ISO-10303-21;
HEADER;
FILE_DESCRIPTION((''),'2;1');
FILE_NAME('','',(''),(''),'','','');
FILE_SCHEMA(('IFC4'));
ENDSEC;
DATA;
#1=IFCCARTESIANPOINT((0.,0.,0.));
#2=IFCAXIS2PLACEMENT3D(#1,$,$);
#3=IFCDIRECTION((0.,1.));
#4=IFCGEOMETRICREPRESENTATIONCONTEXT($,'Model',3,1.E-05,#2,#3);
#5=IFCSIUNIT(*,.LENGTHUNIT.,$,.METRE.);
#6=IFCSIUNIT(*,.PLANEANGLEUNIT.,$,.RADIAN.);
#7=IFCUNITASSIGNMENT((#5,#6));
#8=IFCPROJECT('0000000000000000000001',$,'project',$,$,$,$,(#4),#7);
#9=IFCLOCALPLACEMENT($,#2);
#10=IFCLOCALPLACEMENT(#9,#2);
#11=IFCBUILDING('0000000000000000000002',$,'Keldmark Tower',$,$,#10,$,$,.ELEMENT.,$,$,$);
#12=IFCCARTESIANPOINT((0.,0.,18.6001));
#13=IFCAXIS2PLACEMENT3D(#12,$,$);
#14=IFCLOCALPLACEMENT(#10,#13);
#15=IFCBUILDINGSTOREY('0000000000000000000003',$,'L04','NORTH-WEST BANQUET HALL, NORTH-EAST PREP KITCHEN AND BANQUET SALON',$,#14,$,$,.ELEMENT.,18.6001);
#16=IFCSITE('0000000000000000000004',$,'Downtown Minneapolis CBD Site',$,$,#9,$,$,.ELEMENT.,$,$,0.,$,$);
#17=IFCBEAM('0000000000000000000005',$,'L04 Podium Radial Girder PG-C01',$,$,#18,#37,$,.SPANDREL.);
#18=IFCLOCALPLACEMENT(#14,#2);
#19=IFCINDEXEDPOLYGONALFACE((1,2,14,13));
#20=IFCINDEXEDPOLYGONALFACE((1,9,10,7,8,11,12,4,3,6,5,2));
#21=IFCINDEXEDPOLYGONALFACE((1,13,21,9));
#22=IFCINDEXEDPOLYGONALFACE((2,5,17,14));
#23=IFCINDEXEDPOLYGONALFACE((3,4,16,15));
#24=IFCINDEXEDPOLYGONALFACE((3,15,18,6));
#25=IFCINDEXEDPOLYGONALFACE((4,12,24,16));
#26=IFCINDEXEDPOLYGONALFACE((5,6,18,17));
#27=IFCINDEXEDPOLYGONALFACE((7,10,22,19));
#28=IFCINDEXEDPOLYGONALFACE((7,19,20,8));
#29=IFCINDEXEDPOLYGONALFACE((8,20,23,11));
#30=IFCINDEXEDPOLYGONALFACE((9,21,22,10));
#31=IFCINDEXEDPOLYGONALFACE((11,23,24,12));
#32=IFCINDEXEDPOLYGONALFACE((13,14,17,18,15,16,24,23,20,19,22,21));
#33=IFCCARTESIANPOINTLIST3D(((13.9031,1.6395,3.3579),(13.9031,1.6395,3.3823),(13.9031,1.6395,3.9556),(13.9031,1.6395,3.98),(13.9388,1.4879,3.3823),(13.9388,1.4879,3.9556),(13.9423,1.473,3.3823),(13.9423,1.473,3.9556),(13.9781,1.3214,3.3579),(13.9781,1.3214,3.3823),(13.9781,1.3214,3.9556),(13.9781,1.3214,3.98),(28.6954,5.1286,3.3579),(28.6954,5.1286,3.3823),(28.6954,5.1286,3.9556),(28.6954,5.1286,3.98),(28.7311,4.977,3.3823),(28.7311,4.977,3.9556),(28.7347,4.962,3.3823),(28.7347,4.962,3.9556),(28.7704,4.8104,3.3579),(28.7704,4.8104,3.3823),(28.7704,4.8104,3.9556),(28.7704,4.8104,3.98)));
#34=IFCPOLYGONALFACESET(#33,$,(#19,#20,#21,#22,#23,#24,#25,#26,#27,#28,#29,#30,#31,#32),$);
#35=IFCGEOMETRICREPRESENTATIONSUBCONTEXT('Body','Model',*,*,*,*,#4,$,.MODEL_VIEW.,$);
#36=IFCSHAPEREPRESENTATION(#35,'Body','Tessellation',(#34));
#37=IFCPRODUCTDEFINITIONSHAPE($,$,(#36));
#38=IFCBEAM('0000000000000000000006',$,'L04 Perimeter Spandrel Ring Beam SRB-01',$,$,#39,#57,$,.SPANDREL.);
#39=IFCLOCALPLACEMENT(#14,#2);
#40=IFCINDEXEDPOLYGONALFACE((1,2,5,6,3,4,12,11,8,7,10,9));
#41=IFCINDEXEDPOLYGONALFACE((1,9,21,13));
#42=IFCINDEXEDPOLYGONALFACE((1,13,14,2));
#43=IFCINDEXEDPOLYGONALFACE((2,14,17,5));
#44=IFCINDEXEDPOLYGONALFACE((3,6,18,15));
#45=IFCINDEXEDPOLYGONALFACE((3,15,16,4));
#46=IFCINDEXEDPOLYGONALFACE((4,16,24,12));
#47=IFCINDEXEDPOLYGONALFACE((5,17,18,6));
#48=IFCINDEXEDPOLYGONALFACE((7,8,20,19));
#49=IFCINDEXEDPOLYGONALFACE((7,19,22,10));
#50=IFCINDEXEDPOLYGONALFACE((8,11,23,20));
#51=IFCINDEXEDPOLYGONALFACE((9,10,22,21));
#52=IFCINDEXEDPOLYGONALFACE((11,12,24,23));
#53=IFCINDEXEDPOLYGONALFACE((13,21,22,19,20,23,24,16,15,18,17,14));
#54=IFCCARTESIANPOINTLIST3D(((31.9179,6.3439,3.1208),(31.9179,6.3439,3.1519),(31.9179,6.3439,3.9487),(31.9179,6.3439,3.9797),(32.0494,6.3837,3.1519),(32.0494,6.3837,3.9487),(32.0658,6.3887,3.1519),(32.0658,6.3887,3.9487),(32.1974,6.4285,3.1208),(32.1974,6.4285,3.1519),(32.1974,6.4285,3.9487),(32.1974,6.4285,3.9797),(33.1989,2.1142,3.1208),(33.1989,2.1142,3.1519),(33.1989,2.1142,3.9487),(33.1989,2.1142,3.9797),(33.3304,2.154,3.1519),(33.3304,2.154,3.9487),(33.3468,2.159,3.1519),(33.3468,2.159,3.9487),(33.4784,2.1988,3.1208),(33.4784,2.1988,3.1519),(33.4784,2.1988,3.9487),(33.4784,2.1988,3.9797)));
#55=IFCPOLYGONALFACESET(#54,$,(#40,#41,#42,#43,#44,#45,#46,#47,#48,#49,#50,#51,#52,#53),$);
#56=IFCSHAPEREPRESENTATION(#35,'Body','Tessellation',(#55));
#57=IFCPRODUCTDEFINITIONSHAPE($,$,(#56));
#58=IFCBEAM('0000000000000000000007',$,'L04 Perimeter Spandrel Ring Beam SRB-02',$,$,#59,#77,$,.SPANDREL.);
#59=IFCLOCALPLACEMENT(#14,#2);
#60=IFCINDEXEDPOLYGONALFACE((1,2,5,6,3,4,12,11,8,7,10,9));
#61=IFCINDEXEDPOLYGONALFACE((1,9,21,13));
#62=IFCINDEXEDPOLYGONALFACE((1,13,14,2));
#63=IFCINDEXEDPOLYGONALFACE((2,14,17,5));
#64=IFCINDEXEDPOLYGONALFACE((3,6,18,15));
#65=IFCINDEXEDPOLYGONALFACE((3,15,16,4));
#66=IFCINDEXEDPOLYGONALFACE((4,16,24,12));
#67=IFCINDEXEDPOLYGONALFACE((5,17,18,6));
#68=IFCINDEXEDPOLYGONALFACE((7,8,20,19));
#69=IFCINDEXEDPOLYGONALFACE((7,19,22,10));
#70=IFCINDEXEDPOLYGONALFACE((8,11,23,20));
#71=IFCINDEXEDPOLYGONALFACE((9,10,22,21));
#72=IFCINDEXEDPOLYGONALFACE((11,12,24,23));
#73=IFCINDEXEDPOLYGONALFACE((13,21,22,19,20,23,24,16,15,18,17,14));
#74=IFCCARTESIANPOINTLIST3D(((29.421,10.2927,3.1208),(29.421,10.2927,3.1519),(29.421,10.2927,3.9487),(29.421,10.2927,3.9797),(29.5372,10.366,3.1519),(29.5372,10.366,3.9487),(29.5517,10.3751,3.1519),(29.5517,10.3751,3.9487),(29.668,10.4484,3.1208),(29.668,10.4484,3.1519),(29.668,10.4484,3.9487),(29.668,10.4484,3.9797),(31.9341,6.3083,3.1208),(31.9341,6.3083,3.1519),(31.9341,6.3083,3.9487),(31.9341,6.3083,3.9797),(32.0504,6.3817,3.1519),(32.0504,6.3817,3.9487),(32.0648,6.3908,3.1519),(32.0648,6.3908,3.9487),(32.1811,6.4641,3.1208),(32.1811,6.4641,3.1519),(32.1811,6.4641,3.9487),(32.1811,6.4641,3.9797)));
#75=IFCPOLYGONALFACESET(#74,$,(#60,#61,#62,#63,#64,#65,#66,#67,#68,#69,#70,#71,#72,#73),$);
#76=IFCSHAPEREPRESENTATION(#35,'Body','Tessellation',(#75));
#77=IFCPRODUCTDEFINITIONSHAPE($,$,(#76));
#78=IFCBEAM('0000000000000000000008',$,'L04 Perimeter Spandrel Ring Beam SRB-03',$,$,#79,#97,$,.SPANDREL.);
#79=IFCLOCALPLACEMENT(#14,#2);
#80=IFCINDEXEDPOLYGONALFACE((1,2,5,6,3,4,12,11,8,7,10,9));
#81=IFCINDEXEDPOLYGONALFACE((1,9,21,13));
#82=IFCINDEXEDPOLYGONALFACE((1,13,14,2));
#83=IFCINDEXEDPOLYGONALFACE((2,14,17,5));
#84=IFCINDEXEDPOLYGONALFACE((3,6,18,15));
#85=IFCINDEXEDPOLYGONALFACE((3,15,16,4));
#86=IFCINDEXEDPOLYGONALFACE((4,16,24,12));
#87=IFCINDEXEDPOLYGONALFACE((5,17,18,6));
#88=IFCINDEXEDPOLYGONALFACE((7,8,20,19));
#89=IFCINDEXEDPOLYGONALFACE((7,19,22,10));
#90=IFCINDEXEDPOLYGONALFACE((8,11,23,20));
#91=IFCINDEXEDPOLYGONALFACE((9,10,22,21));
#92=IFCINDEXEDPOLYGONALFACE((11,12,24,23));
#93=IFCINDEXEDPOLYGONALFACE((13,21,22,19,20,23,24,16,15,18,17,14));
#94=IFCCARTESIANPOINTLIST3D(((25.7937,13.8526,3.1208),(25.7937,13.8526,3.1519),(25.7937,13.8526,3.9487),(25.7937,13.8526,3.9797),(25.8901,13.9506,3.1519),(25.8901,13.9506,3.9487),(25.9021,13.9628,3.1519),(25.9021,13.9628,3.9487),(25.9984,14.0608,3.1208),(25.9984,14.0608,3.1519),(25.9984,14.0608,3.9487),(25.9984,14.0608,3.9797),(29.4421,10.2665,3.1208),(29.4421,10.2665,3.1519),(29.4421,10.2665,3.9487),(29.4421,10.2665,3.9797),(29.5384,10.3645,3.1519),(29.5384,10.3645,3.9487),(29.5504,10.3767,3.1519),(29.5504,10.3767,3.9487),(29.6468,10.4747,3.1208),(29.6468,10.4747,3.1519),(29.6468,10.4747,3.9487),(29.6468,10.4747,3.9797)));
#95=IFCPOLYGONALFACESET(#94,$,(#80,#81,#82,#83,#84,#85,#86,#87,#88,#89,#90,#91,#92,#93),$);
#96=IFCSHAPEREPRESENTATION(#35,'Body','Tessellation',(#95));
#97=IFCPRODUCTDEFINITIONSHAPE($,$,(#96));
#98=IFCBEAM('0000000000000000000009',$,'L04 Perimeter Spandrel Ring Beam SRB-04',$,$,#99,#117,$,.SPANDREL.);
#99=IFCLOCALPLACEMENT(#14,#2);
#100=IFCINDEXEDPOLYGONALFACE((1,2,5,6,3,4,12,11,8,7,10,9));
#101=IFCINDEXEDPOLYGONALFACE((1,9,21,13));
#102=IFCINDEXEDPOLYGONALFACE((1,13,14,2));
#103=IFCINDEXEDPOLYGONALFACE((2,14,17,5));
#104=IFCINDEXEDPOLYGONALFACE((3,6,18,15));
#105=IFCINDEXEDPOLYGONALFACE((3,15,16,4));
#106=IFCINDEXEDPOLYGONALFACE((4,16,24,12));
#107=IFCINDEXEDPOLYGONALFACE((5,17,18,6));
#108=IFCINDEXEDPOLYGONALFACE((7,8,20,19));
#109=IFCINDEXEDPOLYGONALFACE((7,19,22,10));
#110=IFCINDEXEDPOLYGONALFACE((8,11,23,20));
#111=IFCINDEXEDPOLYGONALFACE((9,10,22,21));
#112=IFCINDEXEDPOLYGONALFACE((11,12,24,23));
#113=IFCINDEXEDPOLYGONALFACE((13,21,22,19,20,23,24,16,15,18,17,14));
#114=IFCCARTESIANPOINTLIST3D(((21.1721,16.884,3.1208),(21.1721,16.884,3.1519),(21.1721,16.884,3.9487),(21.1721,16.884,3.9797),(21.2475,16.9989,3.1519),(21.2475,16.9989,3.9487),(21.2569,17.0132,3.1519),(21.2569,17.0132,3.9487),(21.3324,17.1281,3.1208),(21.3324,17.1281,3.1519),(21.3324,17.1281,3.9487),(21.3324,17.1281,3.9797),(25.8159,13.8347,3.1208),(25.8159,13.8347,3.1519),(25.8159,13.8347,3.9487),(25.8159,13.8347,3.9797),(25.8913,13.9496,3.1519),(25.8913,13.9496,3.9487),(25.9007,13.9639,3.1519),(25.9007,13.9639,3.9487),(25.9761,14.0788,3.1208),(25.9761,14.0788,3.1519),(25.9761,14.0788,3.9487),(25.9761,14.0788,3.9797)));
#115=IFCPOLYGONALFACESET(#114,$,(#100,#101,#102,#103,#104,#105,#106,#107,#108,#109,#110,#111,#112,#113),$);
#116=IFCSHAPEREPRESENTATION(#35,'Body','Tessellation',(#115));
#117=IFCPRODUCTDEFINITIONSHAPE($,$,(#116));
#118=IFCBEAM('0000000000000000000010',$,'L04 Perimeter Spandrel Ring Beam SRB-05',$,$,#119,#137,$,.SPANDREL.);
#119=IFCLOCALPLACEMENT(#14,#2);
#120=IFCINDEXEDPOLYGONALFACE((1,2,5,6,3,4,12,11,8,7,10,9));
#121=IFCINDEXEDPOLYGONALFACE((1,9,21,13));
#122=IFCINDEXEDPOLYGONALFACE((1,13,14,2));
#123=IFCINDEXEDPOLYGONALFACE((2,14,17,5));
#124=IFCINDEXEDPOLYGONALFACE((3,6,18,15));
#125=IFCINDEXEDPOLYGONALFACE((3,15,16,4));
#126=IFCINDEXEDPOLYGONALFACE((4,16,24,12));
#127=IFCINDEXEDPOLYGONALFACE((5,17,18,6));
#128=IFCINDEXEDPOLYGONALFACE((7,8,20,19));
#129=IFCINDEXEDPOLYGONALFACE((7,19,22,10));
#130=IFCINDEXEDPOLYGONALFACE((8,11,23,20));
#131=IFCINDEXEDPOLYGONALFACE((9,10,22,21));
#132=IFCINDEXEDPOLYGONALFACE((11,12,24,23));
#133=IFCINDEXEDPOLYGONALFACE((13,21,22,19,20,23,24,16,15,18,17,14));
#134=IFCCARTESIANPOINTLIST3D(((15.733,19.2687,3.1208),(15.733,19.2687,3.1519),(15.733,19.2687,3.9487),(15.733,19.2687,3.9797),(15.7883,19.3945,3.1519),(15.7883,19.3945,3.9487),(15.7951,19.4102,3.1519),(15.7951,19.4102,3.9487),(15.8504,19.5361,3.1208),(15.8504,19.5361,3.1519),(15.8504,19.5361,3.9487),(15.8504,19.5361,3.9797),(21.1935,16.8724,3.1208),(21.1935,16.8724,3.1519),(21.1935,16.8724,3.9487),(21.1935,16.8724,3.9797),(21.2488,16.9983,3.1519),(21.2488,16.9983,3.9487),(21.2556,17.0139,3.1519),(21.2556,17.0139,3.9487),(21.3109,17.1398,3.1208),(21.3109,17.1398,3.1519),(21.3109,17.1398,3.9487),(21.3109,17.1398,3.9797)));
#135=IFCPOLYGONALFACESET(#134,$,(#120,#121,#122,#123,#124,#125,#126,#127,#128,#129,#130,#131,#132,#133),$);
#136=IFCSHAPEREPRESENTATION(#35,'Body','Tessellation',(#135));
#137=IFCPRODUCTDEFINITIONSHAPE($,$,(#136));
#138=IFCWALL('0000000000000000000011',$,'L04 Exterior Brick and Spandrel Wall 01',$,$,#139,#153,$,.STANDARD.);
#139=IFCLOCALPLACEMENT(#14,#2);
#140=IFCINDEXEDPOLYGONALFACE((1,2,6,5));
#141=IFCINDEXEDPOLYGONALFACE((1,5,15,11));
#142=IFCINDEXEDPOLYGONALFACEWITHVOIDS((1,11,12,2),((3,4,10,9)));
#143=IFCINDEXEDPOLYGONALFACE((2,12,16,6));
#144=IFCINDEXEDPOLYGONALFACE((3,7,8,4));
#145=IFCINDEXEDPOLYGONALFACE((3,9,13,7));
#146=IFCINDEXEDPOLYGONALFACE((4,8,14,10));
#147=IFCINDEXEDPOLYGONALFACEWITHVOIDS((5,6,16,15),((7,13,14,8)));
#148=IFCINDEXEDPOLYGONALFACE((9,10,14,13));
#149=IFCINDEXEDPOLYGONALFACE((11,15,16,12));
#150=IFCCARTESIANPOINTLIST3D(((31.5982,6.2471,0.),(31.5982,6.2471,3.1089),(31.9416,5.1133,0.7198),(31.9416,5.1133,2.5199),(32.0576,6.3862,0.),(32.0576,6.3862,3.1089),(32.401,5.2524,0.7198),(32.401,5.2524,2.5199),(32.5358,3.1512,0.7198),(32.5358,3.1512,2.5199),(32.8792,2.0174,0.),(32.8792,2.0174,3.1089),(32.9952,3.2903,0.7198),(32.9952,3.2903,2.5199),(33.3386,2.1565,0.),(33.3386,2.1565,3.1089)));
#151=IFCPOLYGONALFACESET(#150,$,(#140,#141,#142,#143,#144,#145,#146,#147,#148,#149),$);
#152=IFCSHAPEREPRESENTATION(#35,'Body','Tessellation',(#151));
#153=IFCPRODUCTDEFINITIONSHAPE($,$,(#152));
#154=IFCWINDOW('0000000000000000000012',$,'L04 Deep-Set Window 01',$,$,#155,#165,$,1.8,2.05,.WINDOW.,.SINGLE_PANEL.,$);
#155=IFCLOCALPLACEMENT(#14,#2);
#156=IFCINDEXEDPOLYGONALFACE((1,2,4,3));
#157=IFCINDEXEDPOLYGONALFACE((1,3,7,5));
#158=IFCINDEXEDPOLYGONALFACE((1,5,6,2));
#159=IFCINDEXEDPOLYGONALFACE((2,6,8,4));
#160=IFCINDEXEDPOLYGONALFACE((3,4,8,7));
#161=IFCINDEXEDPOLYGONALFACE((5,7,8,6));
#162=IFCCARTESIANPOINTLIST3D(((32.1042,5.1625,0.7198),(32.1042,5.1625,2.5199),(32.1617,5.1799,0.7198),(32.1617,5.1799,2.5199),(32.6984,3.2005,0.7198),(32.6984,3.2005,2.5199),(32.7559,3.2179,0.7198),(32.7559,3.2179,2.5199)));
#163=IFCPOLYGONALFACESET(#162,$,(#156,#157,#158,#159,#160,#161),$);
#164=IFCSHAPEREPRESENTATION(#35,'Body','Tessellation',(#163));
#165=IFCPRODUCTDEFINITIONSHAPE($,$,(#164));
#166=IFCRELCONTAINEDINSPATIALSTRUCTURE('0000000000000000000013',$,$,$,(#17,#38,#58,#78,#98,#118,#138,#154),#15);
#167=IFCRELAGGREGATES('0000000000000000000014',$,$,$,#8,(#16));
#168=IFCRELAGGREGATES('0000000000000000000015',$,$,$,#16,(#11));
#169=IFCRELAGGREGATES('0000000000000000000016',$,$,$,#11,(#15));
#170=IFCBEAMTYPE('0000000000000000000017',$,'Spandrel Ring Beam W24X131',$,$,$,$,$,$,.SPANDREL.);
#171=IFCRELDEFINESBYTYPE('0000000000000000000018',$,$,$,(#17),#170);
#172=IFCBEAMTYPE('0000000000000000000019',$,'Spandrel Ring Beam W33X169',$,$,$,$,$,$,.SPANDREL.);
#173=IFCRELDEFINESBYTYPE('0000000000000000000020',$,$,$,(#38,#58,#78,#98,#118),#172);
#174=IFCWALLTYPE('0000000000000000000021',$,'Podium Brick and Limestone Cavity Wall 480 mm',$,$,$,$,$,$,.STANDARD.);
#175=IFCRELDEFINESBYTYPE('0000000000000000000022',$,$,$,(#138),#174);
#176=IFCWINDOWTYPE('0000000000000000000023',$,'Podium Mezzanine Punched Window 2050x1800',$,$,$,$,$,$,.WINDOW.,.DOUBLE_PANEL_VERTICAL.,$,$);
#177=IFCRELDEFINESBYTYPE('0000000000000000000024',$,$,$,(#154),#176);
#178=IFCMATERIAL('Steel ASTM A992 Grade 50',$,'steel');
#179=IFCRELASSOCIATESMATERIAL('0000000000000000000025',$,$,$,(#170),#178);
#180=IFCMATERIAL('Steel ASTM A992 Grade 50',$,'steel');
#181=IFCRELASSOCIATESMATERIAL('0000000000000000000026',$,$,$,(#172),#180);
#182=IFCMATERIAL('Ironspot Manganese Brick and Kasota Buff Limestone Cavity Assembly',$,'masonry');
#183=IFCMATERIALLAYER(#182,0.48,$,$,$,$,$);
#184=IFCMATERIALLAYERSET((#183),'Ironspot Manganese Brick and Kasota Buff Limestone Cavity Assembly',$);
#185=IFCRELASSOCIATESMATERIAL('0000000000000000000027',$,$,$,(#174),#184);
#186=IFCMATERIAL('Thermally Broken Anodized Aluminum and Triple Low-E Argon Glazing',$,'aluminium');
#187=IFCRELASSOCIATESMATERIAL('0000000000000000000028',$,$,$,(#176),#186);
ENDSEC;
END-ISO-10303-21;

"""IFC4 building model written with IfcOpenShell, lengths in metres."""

from ifc_helpers import new_model, si_unit, direction, frame, frame_2d, origin, origin_2d, place, context, subcontext, project, spatial, rectangle, i_section, extrude, material, layer, layer_set, material_profile, profile_set, type_object, element, fill, save


model = new_model("IFC4")

# Units and contexts
model_context = context("Model", 3, precision=1e-05, world=origin(), true_north=direction((0.0, 1.0)))
body_context = subcontext(model_context, "Body", "Model", "MODEL_VIEW")
ifc_project = project(units=[si_unit("LENGTHUNIT", "METRE"), si_unit("PLANEANGLEUNIT", "RADIAN")], contexts=[model_context])

# Site, building, storey
site_placement = place(None, origin())
site = spatial("IfcSite", under=ifc_project, at=site_placement, Name="Downtown Minneapolis CBD Site", CompositionType="ELEMENT", RefElevation=0.0)
building_placement = place(site_placement, origin())
building = spatial("IfcBuilding", under=site, at=building_placement, Name="Keldmark Tower", CompositionType="ELEMENT")
storey_placement = place(building_placement, frame((0.0, 0.0, 18.6001)))
storey = spatial("IfcBuildingStorey", under=building, at=storey_placement, Name="L04", Description="NORTH-WEST BANQUET HALL, NORTH-EAST PREP KITCHEN AND BANQUET SALON", CompositionType="ELEMENT", Elevation=18.6001)

# Beams
ifc_material_1 = material(Name="Steel ASTM A992 Grade 50", Category="steel")
ifc_material_profile_1 = material_profile(ifc_material_1, i_section(OverallWidth=0.3269, OverallDepth=0.6221, WebThickness=0.0154, FlangeThickness=0.0244, at=origin_2d()), Name="W24X131")
ifc_profile_set_1 = profile_set([ifc_material_profile_1], Name="Steel ASTM A992 Grade 50")
beam_type_1 = type_object("IfcBeamType", Name="Spandrel Ring Beam W24X131", PredefinedType="SPANDREL", material=ifc_profile_set_1)
beam_1_placement = place(storey_placement, frame((28.7329, 4.9695, 3.6689), z_axis=(-0.973293, -0.229568, 0.0), x_axis=(0.229568, -0.973293, 0.0)))
element("IfcBeam", 1, at=beam_1_placement, inside=storey, type_object=beam_type_1, Name="L04 Podium Radial Girder PG-C01", PredefinedType="SPANDREL", context=body_context, shape_type="SweptSolid", body=[
    extrude(i_section(OverallWidth=0.3269, OverallDepth=0.6221, WebThickness=0.0154, FlangeThickness=0.0244, at=origin_2d()), origin(), (0.0, 0.0, 1.0), 15.1982),
])
ifc_material_2 = material(Name="Steel ASTM A992 Grade 50", Category="steel")
ifc_material_profile_2 = material_profile(ifc_material_2, i_section(OverallWidth=0.292, OverallDepth=0.8589, WebThickness=0.0171, FlangeThickness=0.031, at=origin_2d()), Name="W33X169")
ifc_profile_set_2 = profile_set([ifc_material_profile_2], Name="Steel ASTM A992 Grade 50")
beam_type_2 = type_object("IfcBeamType", Name="Spandrel Ring Beam W33X169", PredefinedType="SPANDREL", material=ifc_profile_set_2)
beam_2_placement = place(storey_placement, frame((33.3386, 2.1565, 3.5503), z_axis=(-0.289856, 0.95707, 0.0), x_axis=(-0.95707, -0.289856, 0.0)))
element("IfcBeam", 2, at=beam_2_placement, inside=storey, type_object=beam_type_2, Name="L04 Perimeter Spandrel Ring Beam SRB-01", PredefinedType="SPANDREL", context=body_context, shape_type="SweptSolid", body=[
    extrude(i_section(OverallWidth=0.292, OverallDepth=0.8589, WebThickness=0.0171, FlangeThickness=0.031, at=origin_2d()), origin(), (0.0, 0.0, 1.0), 4.4194),
])
beam_3_placement = place(storey_placement, frame((32.0576, 6.3862, 3.5503), z_axis=(-0.533498, 0.845802, 0.0), x_axis=(-0.845802, -0.533498, 0.0)))
element("IfcBeam", 3, at=beam_3_placement, inside=storey, type_object=beam_type_2, Name="L04 Perimeter Spandrel Ring Beam SRB-02", PredefinedType="SPANDREL", context=body_context, shape_type="SweptSolid", body=[
    extrude(i_section(OverallWidth=0.292, OverallDepth=0.8589, WebThickness=0.0171, FlangeThickness=0.031, at=origin_2d()), origin(), (0.0, 0.0, 1.0), 4.7107),
])
beam_4_placement = place(storey_placement, frame((29.5444, 10.3706, 3.5503), z_axis=(-0.713165, 0.700996, 0.0), x_axis=(-0.700996, -0.713165, 0.0)))
element("IfcBeam", 4, at=beam_4_placement, inside=storey, type_object=beam_type_2, Name="L04 Perimeter Spandrel Ring Beam SRB-03", PredefinedType="SPANDREL", context=body_context, shape_type="SweptSolid", body=[
    extrude(i_section(OverallWidth=0.292, OverallDepth=0.8589, WebThickness=0.0171, FlangeThickness=0.031, at=origin_2d()), origin(), (0.0, 0.0, 1.0), 5.1157),
])
beam_5_placement = place(storey_placement, frame((25.896, 13.9568, 3.5503), z_axis=(-0.835897, 0.548886, 0.0), x_axis=(-0.548886, -0.835897, 0.0)))
element("IfcBeam", 5, at=beam_5_placement, inside=storey, type_object=beam_type_2, Name="L04 Perimeter Spandrel Ring Beam SRB-04", PredefinedType="SPANDREL", context=body_context, shape_type="SweptSolid", body=[
    extrude(i_section(OverallWidth=0.292, OverallDepth=0.8589, WebThickness=0.0171, FlangeThickness=0.031, at=origin_2d()), origin(), (0.0, 0.0, 1.0), 5.5554),
])
beam_6_placement = place(storey_placement, frame((21.2522, 17.0061, 3.5503), z_axis=(-0.915708, 0.401845, 0.0), x_axis=(-0.401845, -0.915708, 0.0)))
element("IfcBeam", 6, at=beam_6_placement, inside=storey, type_object=beam_type_2, Name="L04 Perimeter Spandrel Ring Beam SRB-05", PredefinedType="SPANDREL", context=body_context, shape_type="SweptSolid", body=[
    extrude(i_section(OverallWidth=0.292, OverallDepth=0.8589, WebThickness=0.0171, FlangeThickness=0.031, at=origin_2d()), origin(), (0.0, 0.0, 1.0), 5.9631),
])

# Wall, opening, window
ifc_material_3 = material(Name="Ironspot Manganese Brick and Kasota Buff Limestone Cavity Assembly", Category="masonry")
ifc_layer_1 = layer(ifc_material_3, 0.48)
ifc_layer_set_1 = layer_set([ifc_layer_1], Name="Ironspot Manganese Brick and Kasota Buff Limestone Cavity Assembly")
wall_type = type_object("IfcWallType", Name="Podium Brick and Limestone Cavity Wall 480 mm", PredefinedType="STANDARD", material=ifc_layer_set_1)
wall_1_placement = place(storey_placement, frame((31.8279, 6.3167, 0.0), z_axis=(0.0, 0.0, 1.0), x_axis=(0.289856, -0.95707, 0.0)))
wall_1 = element("IfcWall", 7, at=wall_1_placement, inside=storey, type_object=wall_type, Name="L04 Exterior Brick and Spandrel Wall 01", PredefinedType="STANDARD", context=body_context, shape_type="SweptSolid", body=[
    extrude(rectangle(XDim=4.4194, YDim=0.48, at=frame_2d((2.2097, 0.0))), origin(), (0.0, 0.0, 1.0), 3.1089),
])
opening_1_placement = place(wall_1_placement, frame((1.1848, 0.0, 0.72)))
opening_1 = element("IfcOpeningElement", 8, at=opening_1_placement, cuts=wall_1, PredefinedType="OPENING", context=body_context, shape_type="SweptSolid", body=[
    extrude(rectangle(XDim=2.05, YDim=1.8, at=frame_2d((1.0249, 0.8999))), frame((0.0, 0.25, 0.0), z_axis=(0.0, -1.0, 0.0), x_axis=(1.0, 0.0, 0.0)), (0.0, 0.0, 1.0), 0.5),
])
ifc_material_4 = material(Name="Thermally Broken Anodized Aluminum and Triple Low-E Argon Glazing", Category="aluminium")
window_type = type_object("IfcWindowType", Name="Podium Mezzanine Punched Window 2050x1800", PartitioningType="DOUBLE_PANEL_VERTICAL", PredefinedType="WINDOW", material=ifc_material_4)
window_1_placement = place(opening_1_placement, origin())
window_1 = element("IfcWindow", 9, at=window_1_placement, inside=storey, type_object=window_type, Name="L04 Deep-Set Window 01", OverallHeight=1.8, OverallWidth=2.05, PartitioningType="SINGLE_PANEL", PredefinedType="WINDOW", context=body_context, shape_type="SweptSolid", body=[
    extrude(rectangle(XDim=2.05, YDim=1.8, at=frame_2d((1.0249, 0.8999))), frame((0.0, -0.01, 0.0), z_axis=(0.0, -1.0, 0.0), x_axis=(1.0, 0.0, 0.0)), (0.0, 0.0, 1.0), 0.0601),
])
fill(opening_1, window_1)

save(model, "model.ifc")
